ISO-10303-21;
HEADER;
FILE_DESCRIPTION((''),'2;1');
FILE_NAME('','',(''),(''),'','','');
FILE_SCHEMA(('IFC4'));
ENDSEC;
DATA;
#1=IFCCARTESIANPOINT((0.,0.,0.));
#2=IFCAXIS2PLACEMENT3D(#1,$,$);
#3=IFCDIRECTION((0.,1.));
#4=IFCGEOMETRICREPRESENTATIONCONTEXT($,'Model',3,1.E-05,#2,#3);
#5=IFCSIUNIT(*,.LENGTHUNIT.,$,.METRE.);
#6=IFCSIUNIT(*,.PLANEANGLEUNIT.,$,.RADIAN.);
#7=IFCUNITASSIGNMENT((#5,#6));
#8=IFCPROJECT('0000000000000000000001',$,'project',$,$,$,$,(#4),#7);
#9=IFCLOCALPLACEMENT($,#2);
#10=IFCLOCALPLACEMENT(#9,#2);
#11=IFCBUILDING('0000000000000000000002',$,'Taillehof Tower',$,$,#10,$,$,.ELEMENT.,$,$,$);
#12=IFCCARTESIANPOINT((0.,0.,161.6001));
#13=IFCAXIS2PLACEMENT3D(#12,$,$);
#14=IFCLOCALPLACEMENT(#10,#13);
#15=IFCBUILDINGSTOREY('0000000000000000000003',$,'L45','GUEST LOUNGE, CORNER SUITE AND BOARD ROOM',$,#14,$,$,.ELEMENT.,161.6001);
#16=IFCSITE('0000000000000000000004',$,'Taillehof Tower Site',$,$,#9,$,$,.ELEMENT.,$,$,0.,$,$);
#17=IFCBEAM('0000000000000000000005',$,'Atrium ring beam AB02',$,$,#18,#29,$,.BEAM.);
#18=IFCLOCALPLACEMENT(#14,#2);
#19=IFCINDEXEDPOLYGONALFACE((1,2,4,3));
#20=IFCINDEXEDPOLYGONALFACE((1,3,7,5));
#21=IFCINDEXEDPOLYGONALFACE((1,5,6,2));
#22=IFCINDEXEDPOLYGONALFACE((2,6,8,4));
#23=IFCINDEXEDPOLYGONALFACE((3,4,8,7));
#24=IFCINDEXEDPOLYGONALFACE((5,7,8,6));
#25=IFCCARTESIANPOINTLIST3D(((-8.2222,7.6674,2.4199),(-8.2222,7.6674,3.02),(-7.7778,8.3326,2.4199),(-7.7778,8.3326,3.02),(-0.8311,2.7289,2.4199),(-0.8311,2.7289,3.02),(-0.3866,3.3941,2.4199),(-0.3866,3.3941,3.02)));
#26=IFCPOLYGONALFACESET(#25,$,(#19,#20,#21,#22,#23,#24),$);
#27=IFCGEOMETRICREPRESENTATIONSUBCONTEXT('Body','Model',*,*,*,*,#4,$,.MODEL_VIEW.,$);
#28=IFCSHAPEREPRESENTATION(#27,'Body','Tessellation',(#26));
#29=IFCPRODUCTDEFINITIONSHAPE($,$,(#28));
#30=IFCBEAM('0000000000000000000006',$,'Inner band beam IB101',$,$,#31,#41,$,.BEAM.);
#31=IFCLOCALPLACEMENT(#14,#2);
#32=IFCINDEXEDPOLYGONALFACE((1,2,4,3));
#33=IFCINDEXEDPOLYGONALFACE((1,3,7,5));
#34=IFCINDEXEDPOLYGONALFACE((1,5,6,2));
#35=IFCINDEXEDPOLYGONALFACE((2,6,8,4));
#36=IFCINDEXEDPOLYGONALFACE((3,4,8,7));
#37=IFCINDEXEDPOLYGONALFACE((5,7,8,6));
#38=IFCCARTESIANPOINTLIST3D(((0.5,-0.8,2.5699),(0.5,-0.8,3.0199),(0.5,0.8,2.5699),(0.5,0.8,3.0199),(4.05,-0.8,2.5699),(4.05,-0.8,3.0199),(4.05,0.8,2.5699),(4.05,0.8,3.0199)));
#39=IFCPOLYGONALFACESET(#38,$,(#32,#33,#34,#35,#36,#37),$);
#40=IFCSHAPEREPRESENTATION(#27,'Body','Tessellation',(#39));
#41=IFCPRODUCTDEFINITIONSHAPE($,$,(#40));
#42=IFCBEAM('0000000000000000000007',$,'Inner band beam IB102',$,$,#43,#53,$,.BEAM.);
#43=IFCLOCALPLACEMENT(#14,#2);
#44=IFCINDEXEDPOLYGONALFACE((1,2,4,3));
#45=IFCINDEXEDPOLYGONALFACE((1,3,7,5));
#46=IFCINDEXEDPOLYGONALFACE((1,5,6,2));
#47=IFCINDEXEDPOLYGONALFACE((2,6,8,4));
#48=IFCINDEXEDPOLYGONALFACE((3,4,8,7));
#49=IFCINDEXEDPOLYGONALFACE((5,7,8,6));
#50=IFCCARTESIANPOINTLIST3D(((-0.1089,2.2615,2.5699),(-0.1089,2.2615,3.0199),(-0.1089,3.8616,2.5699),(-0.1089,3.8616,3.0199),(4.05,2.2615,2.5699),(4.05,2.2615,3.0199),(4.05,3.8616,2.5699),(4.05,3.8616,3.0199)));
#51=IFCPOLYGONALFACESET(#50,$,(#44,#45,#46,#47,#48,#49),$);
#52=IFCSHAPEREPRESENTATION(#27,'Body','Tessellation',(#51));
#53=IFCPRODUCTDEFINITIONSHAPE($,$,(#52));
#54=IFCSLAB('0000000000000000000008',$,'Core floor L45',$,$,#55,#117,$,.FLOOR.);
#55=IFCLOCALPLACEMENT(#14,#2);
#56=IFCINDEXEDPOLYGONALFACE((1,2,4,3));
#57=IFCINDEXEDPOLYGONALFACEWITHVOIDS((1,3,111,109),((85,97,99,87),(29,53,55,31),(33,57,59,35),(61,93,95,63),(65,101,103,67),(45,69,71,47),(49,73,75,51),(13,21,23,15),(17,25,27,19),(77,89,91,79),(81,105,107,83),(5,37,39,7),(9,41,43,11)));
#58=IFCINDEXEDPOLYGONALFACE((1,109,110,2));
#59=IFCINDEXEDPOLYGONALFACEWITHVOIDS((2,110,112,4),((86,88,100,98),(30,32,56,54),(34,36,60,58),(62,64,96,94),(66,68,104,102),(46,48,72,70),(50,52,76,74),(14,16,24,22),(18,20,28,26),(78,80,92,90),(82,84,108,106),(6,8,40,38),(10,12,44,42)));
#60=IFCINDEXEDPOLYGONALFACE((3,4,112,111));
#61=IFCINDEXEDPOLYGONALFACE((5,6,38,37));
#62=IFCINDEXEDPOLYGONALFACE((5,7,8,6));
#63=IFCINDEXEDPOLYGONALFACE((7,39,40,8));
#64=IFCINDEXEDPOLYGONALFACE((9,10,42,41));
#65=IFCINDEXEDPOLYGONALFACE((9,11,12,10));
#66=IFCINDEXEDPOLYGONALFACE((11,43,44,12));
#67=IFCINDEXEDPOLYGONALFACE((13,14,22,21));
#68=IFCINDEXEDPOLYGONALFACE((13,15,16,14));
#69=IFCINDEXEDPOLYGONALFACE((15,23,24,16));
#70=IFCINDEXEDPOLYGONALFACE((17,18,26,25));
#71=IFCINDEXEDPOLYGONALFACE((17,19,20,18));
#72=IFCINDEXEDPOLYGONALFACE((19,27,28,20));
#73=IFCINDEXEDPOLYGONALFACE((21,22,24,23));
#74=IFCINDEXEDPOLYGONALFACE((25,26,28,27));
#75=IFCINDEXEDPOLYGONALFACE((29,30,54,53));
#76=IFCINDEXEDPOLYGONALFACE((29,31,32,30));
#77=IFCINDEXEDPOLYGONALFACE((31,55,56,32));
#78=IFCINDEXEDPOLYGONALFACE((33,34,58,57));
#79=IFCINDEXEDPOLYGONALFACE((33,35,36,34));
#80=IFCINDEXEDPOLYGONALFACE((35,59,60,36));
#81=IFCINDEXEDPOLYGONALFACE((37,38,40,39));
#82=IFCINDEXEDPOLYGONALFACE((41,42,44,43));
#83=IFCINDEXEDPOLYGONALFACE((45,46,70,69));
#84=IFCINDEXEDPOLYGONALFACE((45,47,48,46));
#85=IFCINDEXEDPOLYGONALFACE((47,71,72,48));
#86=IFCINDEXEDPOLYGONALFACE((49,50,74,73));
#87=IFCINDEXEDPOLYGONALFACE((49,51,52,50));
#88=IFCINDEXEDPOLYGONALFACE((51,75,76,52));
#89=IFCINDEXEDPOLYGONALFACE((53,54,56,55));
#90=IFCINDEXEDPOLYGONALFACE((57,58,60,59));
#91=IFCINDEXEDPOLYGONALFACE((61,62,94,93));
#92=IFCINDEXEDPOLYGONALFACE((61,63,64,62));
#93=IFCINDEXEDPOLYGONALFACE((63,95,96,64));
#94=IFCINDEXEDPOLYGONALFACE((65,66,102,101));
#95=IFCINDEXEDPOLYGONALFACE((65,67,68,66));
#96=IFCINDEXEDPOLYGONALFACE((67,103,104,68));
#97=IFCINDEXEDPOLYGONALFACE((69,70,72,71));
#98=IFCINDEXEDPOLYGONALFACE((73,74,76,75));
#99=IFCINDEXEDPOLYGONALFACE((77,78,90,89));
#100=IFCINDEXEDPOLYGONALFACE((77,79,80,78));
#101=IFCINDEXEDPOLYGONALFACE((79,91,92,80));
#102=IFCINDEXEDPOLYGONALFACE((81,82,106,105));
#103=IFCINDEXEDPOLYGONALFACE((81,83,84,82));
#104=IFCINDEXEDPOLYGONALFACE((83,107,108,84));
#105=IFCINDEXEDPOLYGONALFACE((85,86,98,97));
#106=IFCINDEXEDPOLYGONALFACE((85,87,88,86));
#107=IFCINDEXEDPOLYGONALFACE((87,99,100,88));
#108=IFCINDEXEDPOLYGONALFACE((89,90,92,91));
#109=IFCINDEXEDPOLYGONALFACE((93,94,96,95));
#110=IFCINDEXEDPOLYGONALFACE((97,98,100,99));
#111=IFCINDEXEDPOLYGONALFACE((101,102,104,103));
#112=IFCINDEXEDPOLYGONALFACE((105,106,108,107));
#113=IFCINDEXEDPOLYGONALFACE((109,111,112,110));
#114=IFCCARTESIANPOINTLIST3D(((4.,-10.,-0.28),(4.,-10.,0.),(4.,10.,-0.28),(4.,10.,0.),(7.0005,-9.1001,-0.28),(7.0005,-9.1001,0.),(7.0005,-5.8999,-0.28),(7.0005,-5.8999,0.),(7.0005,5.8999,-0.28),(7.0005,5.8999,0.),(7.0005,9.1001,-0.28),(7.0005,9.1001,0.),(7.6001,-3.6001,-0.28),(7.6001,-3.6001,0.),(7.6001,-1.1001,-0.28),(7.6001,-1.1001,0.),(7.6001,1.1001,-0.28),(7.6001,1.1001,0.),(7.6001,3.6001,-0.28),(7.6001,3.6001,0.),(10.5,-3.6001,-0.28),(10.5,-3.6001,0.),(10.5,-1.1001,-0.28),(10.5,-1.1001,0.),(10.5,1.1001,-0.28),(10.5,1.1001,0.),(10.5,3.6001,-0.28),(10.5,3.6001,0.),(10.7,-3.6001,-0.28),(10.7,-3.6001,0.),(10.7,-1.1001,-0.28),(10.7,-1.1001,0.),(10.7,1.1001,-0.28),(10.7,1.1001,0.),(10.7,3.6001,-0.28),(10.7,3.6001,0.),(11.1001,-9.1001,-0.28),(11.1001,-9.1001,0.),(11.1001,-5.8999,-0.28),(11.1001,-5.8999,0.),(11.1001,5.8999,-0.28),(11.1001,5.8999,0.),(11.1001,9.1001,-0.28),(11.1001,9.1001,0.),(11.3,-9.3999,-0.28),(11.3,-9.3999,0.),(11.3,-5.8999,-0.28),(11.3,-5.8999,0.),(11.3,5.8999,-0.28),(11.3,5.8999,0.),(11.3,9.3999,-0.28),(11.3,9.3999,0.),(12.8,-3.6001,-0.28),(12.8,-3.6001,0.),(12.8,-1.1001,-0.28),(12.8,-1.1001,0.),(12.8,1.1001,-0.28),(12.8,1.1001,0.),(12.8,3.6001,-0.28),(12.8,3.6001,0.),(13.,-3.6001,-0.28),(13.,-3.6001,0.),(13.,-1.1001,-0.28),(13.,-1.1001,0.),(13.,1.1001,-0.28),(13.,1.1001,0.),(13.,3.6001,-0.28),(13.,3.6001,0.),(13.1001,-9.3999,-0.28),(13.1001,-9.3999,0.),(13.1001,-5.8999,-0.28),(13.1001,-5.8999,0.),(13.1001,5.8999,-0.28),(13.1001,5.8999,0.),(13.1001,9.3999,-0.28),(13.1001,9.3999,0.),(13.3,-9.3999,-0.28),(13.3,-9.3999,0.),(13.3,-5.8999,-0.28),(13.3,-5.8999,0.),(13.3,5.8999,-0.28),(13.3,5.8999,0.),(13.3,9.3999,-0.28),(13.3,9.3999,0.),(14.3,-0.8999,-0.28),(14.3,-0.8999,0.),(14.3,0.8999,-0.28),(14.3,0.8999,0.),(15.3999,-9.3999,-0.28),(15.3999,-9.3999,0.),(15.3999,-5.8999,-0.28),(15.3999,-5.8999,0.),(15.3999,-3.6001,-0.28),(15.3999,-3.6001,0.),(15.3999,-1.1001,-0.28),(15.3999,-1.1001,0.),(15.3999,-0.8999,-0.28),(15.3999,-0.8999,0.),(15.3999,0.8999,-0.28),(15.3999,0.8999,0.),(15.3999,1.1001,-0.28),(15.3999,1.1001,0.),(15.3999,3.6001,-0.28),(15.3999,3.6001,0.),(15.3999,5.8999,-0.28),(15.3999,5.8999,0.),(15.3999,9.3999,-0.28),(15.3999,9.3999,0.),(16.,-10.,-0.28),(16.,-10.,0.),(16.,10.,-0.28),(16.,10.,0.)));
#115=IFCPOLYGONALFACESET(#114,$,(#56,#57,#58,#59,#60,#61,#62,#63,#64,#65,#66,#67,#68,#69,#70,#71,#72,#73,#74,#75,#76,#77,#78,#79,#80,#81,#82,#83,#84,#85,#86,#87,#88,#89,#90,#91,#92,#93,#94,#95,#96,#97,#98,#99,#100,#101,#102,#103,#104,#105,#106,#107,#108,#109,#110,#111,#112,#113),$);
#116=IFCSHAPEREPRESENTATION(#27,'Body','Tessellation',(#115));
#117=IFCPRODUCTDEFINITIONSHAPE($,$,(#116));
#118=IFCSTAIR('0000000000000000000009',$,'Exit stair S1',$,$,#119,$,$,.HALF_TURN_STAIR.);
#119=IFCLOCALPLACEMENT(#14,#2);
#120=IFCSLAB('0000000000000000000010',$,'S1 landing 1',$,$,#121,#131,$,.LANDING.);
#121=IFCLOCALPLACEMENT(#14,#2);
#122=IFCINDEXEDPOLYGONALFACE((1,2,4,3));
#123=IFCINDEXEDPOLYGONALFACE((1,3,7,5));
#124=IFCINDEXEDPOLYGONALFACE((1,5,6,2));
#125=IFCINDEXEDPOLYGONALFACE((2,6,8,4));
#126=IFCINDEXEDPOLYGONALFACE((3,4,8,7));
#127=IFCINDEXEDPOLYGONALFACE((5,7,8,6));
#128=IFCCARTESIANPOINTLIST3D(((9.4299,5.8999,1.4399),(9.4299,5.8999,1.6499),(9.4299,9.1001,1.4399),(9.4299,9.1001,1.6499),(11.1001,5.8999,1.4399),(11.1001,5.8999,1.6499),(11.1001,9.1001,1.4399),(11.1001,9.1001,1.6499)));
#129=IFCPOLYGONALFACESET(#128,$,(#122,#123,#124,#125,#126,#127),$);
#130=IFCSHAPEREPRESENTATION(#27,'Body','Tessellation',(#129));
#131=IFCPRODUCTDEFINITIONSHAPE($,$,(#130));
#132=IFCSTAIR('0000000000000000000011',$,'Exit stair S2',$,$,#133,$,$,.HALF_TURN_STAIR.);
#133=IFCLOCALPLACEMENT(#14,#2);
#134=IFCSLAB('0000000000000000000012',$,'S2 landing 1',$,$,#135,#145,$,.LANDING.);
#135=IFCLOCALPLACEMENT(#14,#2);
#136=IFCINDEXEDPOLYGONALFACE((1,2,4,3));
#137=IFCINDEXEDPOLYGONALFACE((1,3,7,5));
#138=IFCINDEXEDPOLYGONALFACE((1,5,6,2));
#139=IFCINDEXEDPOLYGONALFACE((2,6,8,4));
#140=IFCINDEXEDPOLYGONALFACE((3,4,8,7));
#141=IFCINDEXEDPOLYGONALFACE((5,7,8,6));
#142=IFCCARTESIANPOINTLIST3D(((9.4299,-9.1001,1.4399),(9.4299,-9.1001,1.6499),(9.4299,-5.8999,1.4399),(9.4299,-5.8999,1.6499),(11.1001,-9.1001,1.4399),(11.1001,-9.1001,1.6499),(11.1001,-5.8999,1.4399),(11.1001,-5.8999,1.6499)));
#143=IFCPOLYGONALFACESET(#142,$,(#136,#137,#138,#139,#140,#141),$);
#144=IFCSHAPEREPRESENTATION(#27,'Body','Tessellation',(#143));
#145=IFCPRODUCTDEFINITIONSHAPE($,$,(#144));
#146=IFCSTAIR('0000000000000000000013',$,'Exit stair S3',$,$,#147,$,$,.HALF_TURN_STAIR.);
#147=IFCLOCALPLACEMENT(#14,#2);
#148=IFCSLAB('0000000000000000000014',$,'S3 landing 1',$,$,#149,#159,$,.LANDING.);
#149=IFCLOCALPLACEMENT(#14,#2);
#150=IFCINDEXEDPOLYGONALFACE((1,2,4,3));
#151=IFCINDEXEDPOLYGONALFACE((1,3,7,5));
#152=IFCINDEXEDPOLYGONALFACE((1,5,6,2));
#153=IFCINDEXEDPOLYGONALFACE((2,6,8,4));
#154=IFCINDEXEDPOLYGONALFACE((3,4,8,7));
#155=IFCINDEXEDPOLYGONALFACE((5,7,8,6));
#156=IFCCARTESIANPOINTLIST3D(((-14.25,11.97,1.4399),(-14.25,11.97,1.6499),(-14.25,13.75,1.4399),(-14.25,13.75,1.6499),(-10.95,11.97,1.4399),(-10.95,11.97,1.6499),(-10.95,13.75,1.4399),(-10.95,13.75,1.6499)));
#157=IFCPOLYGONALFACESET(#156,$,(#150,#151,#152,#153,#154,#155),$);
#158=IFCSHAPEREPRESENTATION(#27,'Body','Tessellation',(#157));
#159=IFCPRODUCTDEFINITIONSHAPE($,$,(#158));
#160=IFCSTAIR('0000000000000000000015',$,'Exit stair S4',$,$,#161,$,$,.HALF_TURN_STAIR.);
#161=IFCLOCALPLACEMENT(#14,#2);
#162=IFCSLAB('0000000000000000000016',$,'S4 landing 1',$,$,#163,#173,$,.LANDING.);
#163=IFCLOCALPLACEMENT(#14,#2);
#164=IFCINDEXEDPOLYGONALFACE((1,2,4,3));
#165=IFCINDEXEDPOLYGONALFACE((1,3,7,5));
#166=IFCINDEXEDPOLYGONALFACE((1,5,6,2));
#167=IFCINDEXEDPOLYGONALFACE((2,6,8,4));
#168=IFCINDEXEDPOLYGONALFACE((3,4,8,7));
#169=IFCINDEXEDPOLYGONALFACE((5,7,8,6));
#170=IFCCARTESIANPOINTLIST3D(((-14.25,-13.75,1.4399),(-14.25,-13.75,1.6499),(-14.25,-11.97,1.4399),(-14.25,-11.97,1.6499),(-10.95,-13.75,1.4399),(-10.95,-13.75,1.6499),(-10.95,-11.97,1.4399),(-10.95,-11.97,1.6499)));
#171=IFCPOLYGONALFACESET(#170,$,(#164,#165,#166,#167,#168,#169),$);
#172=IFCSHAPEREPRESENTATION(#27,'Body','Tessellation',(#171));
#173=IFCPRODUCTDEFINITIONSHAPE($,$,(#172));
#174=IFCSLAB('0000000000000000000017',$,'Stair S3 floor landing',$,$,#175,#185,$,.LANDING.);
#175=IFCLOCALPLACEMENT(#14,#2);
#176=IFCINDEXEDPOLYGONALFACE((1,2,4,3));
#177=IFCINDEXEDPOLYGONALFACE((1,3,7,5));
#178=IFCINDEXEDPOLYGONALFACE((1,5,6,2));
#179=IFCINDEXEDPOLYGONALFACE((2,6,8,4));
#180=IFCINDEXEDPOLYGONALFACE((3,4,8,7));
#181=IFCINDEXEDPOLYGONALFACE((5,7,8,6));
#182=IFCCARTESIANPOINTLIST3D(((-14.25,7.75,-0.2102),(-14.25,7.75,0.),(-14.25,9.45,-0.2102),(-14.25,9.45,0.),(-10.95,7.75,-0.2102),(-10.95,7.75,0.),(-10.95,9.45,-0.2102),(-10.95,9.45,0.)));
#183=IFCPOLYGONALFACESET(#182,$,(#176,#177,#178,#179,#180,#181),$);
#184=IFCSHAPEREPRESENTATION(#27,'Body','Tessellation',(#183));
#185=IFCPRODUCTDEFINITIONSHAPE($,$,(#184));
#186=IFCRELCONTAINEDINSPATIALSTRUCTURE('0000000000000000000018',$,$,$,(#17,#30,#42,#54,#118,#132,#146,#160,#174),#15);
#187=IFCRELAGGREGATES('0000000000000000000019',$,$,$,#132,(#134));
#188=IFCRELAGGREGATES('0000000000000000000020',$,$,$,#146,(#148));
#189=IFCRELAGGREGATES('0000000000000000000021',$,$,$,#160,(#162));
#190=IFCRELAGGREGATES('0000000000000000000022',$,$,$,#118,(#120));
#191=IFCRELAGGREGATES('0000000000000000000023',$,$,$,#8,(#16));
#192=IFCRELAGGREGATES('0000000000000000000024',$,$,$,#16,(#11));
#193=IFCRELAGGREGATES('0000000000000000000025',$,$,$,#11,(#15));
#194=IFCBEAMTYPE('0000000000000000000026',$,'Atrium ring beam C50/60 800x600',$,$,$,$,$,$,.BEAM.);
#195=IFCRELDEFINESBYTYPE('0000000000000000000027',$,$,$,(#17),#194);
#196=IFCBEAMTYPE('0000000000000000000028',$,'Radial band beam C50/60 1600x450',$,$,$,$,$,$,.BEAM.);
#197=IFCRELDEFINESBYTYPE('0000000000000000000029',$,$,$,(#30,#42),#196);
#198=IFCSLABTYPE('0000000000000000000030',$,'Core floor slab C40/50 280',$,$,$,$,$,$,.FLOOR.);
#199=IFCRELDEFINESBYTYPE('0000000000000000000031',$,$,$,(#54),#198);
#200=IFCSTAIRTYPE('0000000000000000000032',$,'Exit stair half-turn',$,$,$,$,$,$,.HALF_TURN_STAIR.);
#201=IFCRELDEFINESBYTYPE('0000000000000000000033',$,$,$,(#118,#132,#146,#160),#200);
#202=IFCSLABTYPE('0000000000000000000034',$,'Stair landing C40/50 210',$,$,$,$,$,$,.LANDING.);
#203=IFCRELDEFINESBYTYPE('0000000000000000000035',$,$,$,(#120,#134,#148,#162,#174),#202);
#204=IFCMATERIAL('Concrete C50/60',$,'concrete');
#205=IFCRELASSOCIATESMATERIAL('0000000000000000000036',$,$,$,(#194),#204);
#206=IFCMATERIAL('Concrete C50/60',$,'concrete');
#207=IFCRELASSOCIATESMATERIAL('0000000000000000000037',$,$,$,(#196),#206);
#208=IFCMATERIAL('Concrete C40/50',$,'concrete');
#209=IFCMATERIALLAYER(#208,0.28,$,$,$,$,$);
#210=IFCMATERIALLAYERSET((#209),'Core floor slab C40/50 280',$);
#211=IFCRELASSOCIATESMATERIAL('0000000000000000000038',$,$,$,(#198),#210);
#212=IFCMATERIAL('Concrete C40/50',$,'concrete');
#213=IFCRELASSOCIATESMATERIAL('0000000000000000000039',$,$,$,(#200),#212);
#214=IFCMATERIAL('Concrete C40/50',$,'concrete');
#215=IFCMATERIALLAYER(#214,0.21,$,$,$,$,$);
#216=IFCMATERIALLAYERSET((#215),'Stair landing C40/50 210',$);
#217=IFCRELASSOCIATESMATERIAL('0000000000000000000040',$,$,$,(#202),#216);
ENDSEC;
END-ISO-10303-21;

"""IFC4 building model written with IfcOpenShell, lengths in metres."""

from ifc_helpers import new_model, si_unit, direction, frame, origin, origin_2d, place, context, subcontext, project, spatial, polyline, rectangle, outline, extrude, material, layer, layer_set, material_profile, profile_set, type_object, element, aggregate, save


model = new_model("IFC4")

# Units and contexts
model_context = context("Model", 3, precision=1e-05, world=origin(), true_north=direction((0.0, 1.0)))
body_context = subcontext(model_context, "Body", "Model", "MODEL_VIEW")
ifc_project = project(units=[si_unit("LENGTHUNIT", "METRE"), si_unit("PLANEANGLEUNIT", "RADIAN")], contexts=[model_context])

# Site, building, storey
site_placement = place(None, origin())
site = spatial("IfcSite", under=ifc_project, at=site_placement, Name="Taillehof Tower Site", CompositionType="ELEMENT", RefElevation=0.0)
building_placement = place(site_placement, origin())
building = spatial("IfcBuilding", under=site, at=building_placement, Name="Taillehof Tower", CompositionType="ELEMENT")
storey_placement = place(building_placement, frame((0.0, 0.0, 161.6001)))
storey = spatial("IfcBuildingStorey", under=building, at=storey_placement, Name="L45", Description="GUEST LOUNGE, CORNER SUITE AND BOARD ROOM", CompositionType="ELEMENT", Elevation=161.6001)

# Beams
ifc_material_1 = material(Name="Concrete C50/60", Category="concrete")
ifc_material_profile_1 = material_profile(ifc_material_1, rectangle(XDim=0.8, YDim=0.6001, at=origin_2d()), Name="RC 800x600")
ifc_profile_set_1 = profile_set([ifc_material_profile_1], Name="Concrete C50/60")
beam_type_1 = type_object("IfcBeamType", Name="Atrium ring beam C50/60 800x600", PredefinedType="BEAM", material=ifc_profile_set_1)
beam_1_placement = place(storey_placement, frame((-0.6089, 3.0615, 2.72), z_axis=(-0.831475, 0.555562, 0.0), x_axis=(-0.555562, -0.831475, 0.0)))
element("IfcBeam", 1, at=beam_1_placement, inside=storey, type_object=beam_type_1, Name="Atrium ring beam AB02", PredefinedType="BEAM", context=body_context, shape_type="SweptSolid", body=[
    extrude(rectangle(XDim=0.8, YDim=0.6001, at=origin_2d()), origin(), (0.0, 0.0, 1.0), 8.8892),
])
ifc_material_2 = material(Name="Concrete C50/60", Category="concrete")
ifc_material_profile_2 = material_profile(ifc_material_2, rectangle(XDim=1.6001, YDim=0.45, at=origin_2d()), Name="RC 1600x450")
ifc_profile_set_2 = profile_set([ifc_material_profile_2], Name="Concrete C50/60")
beam_type_2 = type_object("IfcBeamType", Name="Radial band beam C50/60 1600x450", PredefinedType="BEAM", material=ifc_profile_set_2)
beam_2_placement = place(storey_placement, frame((0.5, 0.0, 2.7949), z_axis=(1.0, 0.0, 0.0), x_axis=(0.0, 1.0, 0.0)))
element("IfcBeam", 2, at=beam_2_placement, inside=storey, type_object=beam_type_2, Name="Inner band beam IB101", PredefinedType="BEAM", context=body_context, shape_type="SweptSolid", body=[
    extrude(rectangle(XDim=1.6001, YDim=0.45, at=origin_2d()), origin(), (0.0, 0.0, 1.0), 3.55),
])
beam_3_placement = place(storey_placement, frame((-0.1089, 3.0615, 2.7949), z_axis=(1.0, 0.0, 0.0), x_axis=(0.0, 1.0, 0.0)))
element("IfcBeam", 3, at=beam_3_placement, inside=storey, type_object=beam_type_2, Name="Inner band beam IB102", PredefinedType="BEAM", context=body_context, shape_type="SweptSolid", body=[
    extrude(rectangle(XDim=1.6001, YDim=0.45, at=origin_2d()), origin(), (0.0, 0.0, 1.0), 4.1589),
])

# Slab
ifc_material_3 = material(Name="Concrete C40/50", Category="concrete")
ifc_layer_1 = layer(ifc_material_3, 0.28)
ifc_layer_set_1 = layer_set([ifc_layer_1], Name="Core floor slab C40/50 280")
slab_type_1 = type_object("IfcSlabType", Name="Core floor slab C40/50 280", PredefinedType="FLOOR", material=ifc_layer_set_1)
slab_1_placement = place(storey_placement, frame((0.0, 0.0, -0.28)))
element("IfcSlab", 4, at=slab_1_placement, inside=storey, type_object=slab_type_1, Name="Core floor L45", PredefinedType="FLOOR", context=body_context, shape_type="SweptSolid", body=[
    extrude(outline(polyline([(4.0, -10.0), (4.0, 10.0), (16.0, 10.0), (16.0, -10.0), (4.0, -10.0)]), holes=[polyline([(11.1001, -9.1001), (11.1001, -5.8999), (7.0005, -5.8999), (7.0005, -9.1001), (11.1001, -9.1001)]), polyline([(10.5, -3.6001), (10.5, -1.1001), (7.6001, -1.1001), (7.6001, -3.6001), (10.5, -3.6001)]), polyline([(12.8, -3.6001), (12.8, -1.1001), (10.7, -1.1001), (10.7, -3.6001), (12.8, -3.6001)]), polyline([(10.5, 3.6001), (7.6001, 3.6001), (7.6001, 1.1001), (10.5, 1.1001), (10.5, 3.6001)]), polyline([(12.8, 1.1001), (12.8, 3.6001), (10.7, 3.6001), (10.7, 1.1001), (12.8, 1.1001)]), polyline([(11.1001, 5.8999), (11.1001, 9.1001), (7.0005, 9.1001), (7.0005, 5.8999), (11.1001, 5.8999)]), polyline([(13.1001, 9.3999), (11.3, 9.3999), (11.3, 5.8999), (13.1001, 5.8999), (13.1001, 9.3999)]), polyline([(13.1001, -9.3999), (13.1001, -5.8999), (11.3, -5.8999), (11.3, -9.3999), (13.1001, -9.3999)]), polyline([(15.3999, -9.3999), (15.3999, -5.8999), (13.3, -5.8999), (13.3, -9.3999), (15.3999, -9.3999)]), polyline([(15.3999, -3.6001), (15.3999, -1.1001), (13.0, -1.1001), (13.0, -3.6001), (15.3999, -3.6001)]), polyline([(15.3999, -0.8999), (15.3999, 0.8999), (14.3, 0.8999), (14.3, -0.8999), (15.3999, -0.8999)]), polyline([(15.3999, 1.1001), (15.3999, 3.6001), (13.0, 3.6001), (13.0, 1.1001), (15.3999, 1.1001)]), polyline([(15.3999, 5.8999), (15.3999, 9.3999), (13.3, 9.3999), (13.3, 5.8999), (15.3999, 5.8999)])]), origin(), (0.0, 0.0, 1.0), 0.28),
])

# Stairs, slabs
ifc_material_4 = material(Name="Concrete C40/50", Category="concrete")
stair_type = type_object("IfcStairType", Name="Exit stair half-turn", PredefinedType="HALF_TURN_STAIR", material=ifc_material_4)
stair_1_placement = place(storey_placement, origin())
stair_1 = element("IfcStair", 5, at=stair_1_placement, inside=storey, type_object=stair_type, Name="Exit stair S1", PredefinedType="HALF_TURN_STAIR")
ifc_material_5 = material(Name="Concrete C40/50", Category="concrete")
ifc_layer_2 = layer(ifc_material_5, 0.21)
ifc_layer_set_2 = layer_set([ifc_layer_2], Name="Stair landing C40/50 210")
slab_type_2 = type_object("IfcSlabType", Name="Stair landing C40/50 210", PredefinedType="LANDING", material=ifc_layer_set_2)
slab_2_placement = place(storey_placement, frame((0.0, 0.0, 1.4399)))
slab_2 = element("IfcSlab", 6, at=slab_2_placement, type_object=slab_type_2, Name="S1 landing 1", PredefinedType="LANDING", context=body_context, shape_type="SweptSolid", body=[
    extrude(outline(polyline([(9.4299, 5.8999), (11.1001, 5.8999), (11.1001, 9.1001), (9.4299, 9.1001), (9.4299, 5.8999)])), origin(), (0.0, 0.0, 1.0), 0.21),
])
stair_2_placement = place(storey_placement, origin())
stair_2 = element("IfcStair", 7, at=stair_2_placement, inside=storey, type_object=stair_type, Name="Exit stair S2", PredefinedType="HALF_TURN_STAIR")
slab_3_placement = place(storey_placement, frame((0.0, 0.0, 1.4399)))
slab_3 = element("IfcSlab", 8, at=slab_3_placement, type_object=slab_type_2, Name="S2 landing 1", PredefinedType="LANDING", context=body_context, shape_type="SweptSolid", body=[
    extrude(outline(polyline([(9.4299, -5.8999), (11.1001, -5.8999), (11.1001, -9.1001), (9.4299, -9.1001), (9.4299, -5.8999)])), origin(), (0.0, 0.0, 1.0), 0.21),
])
aggregate(stair_2, [slab_3])
stair_3_placement = place(storey_placement, origin())
stair_3 = element("IfcStair", 9, at=stair_3_placement, inside=storey, type_object=stair_type, Name="Exit stair S3", PredefinedType="HALF_TURN_STAIR")
slab_4_placement = place(storey_placement, frame((0.0, 0.0, 1.4399)))
slab_4 = element("IfcSlab", 10, at=slab_4_placement, type_object=slab_type_2, Name="S3 landing 1", PredefinedType="LANDING", context=body_context, shape_type="SweptSolid", body=[
    extrude(outline(polyline([(-14.25, 11.97), (-14.25, 13.75), (-10.95, 13.75), (-10.95, 11.97), (-14.25, 11.97)])), origin(), (0.0, 0.0, 1.0), 0.21),
])
aggregate(stair_3, [slab_4])
stair_4_placement = place(storey_placement, origin())
stair_4 = element("IfcStair", 11, at=stair_4_placement, inside=storey, type_object=stair_type, Name="Exit stair S4", PredefinedType="HALF_TURN_STAIR")
slab_5_placement = place(storey_placement, frame((0.0, 0.0, 1.4399)))
slab_5 = element("IfcSlab", 12, at=slab_5_placement, type_object=slab_type_2, Name="S4 landing 1", PredefinedType="LANDING", context=body_context, shape_type="SweptSolid", body=[
    extrude(outline(polyline([(-14.25, -11.97), (-14.25, -13.75), (-10.95, -13.75), (-10.95, -11.97), (-14.25, -11.97)])), origin(), (0.0, 0.0, 1.0), 0.21),
])
aggregate(stair_4, [slab_5])

# Slab
slab_6_placement = place(storey_placement, frame((0.0, 0.0, -0.2102)))
element("IfcSlab", 13, at=slab_6_placement, inside=storey, type_object=slab_type_2, Name="Stair S3 floor landing", PredefinedType="LANDING", context=body_context, shape_type="SweptSolid", body=[
    extrude(outline(polyline([(-14.25, 7.75), (-14.25, 9.45), (-10.95, 9.45), (-10.95, 7.75), (-14.25, 7.75)])), origin(), (0.0, 0.0, 1.0), 0.2102),
])

aggregate(stair_1, [slab_2])

save(model, "model.ifc")
